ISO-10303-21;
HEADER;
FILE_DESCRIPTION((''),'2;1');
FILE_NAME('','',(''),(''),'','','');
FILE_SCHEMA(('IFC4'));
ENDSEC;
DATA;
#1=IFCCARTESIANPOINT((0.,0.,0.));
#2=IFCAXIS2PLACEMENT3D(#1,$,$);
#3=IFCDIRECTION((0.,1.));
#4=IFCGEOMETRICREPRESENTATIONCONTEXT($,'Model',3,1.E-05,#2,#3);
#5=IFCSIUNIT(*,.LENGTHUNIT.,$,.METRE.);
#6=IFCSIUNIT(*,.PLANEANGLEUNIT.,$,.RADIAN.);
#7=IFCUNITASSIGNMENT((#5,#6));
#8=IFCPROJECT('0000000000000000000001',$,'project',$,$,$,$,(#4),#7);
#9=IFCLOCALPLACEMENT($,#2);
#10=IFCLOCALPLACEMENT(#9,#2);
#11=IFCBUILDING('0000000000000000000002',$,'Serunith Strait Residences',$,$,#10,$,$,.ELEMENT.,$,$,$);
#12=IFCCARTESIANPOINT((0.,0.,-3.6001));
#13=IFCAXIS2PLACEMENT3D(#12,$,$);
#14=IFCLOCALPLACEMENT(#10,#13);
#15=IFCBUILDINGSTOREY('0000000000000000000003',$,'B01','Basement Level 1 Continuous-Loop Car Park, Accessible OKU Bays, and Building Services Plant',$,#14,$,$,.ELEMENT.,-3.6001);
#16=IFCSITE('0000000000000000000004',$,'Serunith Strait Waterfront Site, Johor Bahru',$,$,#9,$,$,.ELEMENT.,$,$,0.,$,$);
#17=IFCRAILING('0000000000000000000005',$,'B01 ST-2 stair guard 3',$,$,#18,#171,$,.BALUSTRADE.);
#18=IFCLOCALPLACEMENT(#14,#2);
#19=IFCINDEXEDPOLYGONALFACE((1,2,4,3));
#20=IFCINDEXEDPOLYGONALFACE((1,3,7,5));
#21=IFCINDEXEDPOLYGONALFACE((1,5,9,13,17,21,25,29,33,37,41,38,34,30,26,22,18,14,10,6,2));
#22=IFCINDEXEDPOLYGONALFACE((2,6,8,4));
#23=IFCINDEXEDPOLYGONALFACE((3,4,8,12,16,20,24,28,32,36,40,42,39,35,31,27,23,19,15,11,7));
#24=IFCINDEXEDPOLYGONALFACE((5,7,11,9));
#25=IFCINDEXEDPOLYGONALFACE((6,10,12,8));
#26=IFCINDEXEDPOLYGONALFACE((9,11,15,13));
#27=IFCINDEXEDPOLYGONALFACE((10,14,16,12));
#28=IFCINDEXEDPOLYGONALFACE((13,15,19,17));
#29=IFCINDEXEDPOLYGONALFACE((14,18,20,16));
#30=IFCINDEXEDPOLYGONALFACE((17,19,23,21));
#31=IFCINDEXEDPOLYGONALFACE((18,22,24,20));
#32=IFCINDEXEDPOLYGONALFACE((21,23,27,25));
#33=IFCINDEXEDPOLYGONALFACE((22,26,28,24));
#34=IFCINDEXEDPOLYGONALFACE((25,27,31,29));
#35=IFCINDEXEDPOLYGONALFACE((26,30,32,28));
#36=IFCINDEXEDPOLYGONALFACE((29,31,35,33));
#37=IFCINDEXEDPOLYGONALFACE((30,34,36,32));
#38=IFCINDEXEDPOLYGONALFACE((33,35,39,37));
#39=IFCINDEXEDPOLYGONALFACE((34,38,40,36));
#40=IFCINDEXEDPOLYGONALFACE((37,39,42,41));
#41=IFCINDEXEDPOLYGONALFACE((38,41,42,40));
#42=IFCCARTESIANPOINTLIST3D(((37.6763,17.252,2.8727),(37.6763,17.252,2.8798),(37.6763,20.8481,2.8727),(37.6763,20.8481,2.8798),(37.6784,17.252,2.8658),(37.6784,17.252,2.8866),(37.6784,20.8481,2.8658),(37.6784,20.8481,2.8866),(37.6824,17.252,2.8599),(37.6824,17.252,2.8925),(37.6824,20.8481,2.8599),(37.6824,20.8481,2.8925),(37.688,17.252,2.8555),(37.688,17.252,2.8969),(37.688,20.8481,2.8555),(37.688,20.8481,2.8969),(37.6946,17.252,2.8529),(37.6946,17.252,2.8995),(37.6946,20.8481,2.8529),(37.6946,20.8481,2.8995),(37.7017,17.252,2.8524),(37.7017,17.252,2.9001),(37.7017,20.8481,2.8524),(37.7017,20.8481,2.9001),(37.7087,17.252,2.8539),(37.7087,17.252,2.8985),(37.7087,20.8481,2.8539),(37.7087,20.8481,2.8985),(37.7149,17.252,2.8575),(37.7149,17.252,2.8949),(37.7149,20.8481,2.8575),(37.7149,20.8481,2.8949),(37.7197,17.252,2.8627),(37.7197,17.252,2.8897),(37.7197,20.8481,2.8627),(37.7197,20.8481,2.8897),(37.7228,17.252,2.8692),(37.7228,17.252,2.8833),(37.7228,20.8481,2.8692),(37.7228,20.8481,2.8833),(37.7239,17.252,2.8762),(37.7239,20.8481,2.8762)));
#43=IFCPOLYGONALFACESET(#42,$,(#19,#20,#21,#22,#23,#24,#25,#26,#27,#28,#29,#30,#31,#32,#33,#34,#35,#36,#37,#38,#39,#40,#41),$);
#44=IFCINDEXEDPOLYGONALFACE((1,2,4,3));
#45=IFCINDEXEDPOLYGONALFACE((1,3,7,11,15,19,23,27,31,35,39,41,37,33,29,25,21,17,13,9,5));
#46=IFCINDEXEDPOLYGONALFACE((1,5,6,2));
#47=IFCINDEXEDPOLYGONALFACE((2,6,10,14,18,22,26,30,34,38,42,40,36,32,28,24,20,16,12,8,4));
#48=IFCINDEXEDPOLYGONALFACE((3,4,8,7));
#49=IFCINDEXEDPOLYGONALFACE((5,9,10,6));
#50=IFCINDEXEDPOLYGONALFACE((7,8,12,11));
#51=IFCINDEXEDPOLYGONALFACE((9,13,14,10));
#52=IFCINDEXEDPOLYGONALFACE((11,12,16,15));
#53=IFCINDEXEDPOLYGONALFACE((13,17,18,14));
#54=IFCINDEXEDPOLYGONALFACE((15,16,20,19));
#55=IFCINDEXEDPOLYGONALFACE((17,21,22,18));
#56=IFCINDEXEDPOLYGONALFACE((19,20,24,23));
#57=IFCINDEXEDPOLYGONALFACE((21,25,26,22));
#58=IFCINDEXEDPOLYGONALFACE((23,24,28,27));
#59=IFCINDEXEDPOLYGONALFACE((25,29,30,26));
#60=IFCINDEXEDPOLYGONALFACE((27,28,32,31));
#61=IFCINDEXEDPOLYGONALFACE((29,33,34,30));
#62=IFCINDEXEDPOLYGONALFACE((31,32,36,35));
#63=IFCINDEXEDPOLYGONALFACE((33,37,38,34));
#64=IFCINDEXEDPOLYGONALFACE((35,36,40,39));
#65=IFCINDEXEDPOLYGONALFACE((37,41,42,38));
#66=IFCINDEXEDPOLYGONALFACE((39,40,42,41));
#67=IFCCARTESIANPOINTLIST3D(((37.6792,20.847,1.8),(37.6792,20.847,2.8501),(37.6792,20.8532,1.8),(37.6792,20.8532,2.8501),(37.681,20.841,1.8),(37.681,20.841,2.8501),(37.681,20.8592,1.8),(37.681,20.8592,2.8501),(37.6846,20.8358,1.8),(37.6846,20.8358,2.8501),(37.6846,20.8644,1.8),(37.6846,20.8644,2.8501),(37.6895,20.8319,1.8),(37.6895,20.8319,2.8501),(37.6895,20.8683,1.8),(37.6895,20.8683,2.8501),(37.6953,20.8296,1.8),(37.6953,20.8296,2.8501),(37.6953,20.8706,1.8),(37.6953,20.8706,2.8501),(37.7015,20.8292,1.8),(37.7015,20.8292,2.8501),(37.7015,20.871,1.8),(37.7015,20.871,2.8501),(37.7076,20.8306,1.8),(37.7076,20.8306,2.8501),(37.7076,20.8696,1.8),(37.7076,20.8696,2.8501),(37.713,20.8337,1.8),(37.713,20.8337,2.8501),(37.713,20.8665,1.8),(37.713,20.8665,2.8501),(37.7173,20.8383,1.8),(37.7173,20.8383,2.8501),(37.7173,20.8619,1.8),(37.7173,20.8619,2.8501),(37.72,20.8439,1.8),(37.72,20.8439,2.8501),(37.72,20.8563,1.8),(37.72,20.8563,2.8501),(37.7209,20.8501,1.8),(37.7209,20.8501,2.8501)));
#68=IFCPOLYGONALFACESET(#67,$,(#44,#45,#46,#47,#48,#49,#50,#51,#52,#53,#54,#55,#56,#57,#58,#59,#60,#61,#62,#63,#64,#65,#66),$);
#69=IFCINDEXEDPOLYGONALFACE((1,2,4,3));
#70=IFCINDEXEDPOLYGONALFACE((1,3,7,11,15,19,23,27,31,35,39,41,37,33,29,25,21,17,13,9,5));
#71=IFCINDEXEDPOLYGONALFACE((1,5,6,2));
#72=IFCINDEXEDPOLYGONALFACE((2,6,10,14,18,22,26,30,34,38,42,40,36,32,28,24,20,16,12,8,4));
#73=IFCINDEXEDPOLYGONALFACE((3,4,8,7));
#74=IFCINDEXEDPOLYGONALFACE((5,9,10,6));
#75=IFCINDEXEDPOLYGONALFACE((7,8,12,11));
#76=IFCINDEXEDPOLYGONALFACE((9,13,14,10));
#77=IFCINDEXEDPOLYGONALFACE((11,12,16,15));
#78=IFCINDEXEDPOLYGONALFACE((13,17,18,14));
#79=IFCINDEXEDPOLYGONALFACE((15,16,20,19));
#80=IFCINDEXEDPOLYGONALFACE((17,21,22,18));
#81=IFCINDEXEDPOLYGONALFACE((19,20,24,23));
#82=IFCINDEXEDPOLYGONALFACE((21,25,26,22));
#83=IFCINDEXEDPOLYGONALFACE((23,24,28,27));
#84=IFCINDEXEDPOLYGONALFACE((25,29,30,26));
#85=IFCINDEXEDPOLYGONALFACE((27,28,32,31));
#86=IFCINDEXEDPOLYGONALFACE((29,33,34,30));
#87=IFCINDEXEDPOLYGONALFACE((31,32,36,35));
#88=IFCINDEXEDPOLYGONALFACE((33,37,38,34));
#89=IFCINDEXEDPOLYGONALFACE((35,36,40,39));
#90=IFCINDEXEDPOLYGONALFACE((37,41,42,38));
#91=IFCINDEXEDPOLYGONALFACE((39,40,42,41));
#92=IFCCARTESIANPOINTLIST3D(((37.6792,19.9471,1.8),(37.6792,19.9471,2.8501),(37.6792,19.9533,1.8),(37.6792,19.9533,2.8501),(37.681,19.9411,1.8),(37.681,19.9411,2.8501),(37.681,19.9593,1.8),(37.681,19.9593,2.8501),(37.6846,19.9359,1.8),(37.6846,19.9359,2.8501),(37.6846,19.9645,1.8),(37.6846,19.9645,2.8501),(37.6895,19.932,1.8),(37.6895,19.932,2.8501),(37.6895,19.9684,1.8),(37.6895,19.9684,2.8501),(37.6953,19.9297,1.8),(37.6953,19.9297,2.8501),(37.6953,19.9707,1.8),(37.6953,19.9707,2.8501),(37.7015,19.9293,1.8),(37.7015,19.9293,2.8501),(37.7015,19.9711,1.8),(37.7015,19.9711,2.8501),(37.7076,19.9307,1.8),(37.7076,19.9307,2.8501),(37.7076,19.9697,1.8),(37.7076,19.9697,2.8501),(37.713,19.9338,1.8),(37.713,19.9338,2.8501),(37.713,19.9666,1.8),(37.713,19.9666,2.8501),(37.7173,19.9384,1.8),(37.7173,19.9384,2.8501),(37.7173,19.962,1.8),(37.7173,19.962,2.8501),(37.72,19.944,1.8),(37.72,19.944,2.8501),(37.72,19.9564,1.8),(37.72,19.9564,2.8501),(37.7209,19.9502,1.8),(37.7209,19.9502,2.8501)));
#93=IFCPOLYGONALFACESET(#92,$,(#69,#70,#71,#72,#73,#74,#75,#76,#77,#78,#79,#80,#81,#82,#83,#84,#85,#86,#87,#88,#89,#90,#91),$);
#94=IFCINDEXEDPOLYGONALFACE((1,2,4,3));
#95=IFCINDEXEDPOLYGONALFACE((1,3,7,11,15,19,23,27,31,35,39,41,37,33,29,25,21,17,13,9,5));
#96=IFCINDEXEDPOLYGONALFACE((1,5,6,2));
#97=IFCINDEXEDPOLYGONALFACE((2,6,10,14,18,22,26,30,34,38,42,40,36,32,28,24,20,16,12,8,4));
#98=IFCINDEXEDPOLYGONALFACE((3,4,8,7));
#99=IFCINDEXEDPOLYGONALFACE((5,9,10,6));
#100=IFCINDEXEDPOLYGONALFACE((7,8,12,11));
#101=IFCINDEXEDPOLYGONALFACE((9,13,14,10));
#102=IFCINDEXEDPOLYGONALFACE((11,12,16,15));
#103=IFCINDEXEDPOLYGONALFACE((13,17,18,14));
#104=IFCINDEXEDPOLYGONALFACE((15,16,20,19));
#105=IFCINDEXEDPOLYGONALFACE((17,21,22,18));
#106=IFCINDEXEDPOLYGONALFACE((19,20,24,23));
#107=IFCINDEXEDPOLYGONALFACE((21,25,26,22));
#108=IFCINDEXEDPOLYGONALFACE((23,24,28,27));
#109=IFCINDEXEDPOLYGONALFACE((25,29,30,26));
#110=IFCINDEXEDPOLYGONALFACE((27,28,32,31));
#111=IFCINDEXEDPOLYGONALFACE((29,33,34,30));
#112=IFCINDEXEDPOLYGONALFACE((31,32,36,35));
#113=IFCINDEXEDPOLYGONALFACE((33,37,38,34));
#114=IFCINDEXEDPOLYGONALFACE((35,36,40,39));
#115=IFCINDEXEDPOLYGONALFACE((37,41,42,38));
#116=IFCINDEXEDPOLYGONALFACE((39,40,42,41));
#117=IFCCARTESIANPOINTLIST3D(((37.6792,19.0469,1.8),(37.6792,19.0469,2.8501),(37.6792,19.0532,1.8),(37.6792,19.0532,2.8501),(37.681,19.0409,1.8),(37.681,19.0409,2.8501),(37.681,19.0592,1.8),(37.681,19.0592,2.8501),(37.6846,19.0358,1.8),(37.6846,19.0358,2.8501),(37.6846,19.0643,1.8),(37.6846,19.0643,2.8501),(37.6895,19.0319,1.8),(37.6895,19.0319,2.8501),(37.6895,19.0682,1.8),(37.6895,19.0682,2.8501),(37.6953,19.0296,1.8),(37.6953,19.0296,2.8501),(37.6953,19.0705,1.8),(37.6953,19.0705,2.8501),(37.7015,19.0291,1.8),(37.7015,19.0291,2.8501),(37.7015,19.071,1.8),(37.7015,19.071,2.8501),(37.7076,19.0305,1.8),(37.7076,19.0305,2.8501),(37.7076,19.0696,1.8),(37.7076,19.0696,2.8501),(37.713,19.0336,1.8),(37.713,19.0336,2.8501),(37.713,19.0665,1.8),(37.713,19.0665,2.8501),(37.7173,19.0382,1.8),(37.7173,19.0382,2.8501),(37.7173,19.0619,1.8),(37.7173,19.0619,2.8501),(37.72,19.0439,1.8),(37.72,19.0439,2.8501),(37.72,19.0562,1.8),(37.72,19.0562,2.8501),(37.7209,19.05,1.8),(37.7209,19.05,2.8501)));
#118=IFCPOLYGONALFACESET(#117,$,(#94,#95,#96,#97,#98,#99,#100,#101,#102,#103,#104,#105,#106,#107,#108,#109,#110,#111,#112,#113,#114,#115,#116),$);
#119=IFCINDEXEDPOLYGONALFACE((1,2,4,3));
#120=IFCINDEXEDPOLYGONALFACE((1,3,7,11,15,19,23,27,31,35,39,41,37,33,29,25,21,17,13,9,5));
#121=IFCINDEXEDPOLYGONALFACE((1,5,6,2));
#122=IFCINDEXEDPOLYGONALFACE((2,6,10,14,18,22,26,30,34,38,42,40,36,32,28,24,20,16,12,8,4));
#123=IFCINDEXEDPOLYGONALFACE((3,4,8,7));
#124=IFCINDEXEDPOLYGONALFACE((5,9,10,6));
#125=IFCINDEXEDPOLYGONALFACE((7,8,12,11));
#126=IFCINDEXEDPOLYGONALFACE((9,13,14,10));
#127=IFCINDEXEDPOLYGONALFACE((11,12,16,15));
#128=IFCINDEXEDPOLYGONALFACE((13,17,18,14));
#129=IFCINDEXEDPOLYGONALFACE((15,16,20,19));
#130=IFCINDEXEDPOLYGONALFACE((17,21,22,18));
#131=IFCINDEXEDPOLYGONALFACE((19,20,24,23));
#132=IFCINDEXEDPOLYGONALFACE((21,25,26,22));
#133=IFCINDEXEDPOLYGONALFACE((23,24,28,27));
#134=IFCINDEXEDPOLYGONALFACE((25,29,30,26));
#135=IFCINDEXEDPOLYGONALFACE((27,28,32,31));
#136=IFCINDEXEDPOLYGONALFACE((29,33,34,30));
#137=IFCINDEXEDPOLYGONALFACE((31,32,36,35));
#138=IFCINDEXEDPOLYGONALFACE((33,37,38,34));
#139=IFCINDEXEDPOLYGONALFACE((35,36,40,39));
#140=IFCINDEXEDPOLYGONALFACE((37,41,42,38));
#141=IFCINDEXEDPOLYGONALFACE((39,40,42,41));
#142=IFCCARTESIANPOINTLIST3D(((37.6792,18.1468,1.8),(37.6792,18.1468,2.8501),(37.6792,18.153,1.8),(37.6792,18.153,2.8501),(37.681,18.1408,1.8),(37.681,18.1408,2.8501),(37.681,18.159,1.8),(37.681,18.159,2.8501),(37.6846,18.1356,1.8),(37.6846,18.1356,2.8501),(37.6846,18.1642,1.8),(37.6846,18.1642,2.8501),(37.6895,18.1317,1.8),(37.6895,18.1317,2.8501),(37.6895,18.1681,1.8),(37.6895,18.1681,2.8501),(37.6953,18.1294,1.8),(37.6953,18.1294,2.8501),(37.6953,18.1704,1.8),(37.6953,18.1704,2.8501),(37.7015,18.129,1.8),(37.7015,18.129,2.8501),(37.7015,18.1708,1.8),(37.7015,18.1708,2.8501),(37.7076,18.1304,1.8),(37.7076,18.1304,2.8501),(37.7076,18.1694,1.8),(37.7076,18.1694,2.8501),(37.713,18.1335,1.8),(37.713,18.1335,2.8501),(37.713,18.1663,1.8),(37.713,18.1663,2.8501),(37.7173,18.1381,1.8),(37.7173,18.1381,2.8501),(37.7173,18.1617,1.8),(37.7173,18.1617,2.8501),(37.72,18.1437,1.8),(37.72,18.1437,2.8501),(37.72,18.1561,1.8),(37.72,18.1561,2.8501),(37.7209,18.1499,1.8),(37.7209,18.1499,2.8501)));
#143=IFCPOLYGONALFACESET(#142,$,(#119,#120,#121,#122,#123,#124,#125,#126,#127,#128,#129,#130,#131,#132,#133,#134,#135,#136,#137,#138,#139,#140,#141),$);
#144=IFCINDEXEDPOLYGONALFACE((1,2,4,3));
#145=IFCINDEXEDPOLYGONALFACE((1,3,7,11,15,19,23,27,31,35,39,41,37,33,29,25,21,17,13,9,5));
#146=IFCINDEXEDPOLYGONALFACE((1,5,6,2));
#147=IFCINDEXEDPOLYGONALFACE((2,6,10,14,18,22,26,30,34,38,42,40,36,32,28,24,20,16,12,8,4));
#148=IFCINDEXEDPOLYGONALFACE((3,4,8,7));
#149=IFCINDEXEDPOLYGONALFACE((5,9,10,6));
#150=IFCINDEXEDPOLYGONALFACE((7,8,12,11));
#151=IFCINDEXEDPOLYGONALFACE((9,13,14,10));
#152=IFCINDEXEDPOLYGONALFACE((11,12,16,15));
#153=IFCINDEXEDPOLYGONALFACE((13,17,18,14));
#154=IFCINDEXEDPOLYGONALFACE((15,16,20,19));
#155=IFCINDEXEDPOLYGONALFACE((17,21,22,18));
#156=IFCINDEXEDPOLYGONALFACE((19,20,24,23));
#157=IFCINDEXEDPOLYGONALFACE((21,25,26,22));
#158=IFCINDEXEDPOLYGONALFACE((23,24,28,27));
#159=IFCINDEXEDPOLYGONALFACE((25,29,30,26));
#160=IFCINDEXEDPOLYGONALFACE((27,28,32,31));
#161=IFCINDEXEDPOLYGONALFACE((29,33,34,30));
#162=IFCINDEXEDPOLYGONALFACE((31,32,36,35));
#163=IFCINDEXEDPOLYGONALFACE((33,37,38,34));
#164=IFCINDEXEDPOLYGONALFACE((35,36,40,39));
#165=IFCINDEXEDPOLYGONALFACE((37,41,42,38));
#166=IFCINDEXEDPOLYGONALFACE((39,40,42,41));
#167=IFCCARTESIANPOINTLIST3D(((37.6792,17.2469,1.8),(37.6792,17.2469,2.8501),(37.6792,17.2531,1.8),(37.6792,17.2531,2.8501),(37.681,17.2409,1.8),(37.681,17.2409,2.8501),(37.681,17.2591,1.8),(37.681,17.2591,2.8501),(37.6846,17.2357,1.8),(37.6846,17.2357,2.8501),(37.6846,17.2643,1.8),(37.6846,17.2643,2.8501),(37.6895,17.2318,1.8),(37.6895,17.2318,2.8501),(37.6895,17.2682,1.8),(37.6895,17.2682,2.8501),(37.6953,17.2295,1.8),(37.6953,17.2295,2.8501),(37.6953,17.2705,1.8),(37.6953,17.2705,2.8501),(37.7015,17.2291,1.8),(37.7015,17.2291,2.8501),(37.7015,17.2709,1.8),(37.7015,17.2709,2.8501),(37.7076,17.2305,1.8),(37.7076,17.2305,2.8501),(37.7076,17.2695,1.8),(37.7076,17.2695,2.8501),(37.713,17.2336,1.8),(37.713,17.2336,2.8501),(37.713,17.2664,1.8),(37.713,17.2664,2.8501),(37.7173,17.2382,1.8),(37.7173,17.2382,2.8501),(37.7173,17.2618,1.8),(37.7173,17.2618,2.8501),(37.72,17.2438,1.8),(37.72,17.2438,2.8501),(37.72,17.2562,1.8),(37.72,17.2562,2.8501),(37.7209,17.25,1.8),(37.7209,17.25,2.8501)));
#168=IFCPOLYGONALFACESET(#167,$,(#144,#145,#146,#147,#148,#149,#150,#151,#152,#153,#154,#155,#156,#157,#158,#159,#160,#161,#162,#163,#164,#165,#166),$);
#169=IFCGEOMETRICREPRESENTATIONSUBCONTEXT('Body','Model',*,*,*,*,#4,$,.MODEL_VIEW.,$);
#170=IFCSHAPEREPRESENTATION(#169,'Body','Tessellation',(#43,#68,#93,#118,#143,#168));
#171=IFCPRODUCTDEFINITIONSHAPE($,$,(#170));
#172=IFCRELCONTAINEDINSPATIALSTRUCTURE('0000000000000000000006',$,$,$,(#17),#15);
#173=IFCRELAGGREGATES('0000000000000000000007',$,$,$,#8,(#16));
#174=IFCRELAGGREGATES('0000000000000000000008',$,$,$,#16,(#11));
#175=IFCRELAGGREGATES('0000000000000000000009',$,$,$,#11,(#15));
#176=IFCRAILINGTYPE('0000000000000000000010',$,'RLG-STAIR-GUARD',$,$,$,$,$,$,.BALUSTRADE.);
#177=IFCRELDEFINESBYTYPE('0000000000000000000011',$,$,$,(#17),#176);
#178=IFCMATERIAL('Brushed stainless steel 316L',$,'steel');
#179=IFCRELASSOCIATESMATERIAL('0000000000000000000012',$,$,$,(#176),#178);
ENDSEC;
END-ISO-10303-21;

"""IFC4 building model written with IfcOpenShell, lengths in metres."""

from ifc_helpers import new_model, si_unit, direction, frame, origin, origin_2d, place, context, subcontext, project, spatial, circle, extrude, material, type_object, element, save


model = new_model("IFC4")

# Units and contexts
model_context = context("Model", 3, precision=1e-05, world=origin(), true_north=direction((0.0, 1.0)))
body_context = subcontext(model_context, "Body", "Model", "MODEL_VIEW")
ifc_project = project(units=[si_unit("LENGTHUNIT", "METRE"), si_unit("PLANEANGLEUNIT", "RADIAN")], contexts=[model_context])

# Site, building, storey
site_placement = place(None, origin())
site = spatial("IfcSite", under=ifc_project, at=site_placement, Name="Serunith Strait Waterfront Site, Johor Bahru", CompositionType="ELEMENT", RefElevation=0.0)
building_placement = place(site_placement, origin())
building = spatial("IfcBuilding", under=site, at=building_placement, Name="Serunith Strait Residences", CompositionType="ELEMENT")
storey_placement = place(building_placement, frame((0.0, 0.0, -3.6001)))
storey = spatial("IfcBuildingStorey", under=building, at=storey_placement, Name="B01", Description="Basement Level 1 Continuous-Loop Car Park, Accessible OKU Bays, and Building Services Plant", CompositionType="ELEMENT", Elevation=-3.6001)

# Railing
ifc_material_1 = material(Name="Brushed stainless steel 316L", Category="steel")
railing_type_1 = type_object("IfcRailingType", Name="RLG-STAIR-GUARD", PredefinedType="BALUSTRADE", material=ifc_material_1)
for number, where, name in (
    (1, (37.7, 20.8501, 1.8), "B01 ST-2 stair guard 3"),
):
    element("IfcRailing", number, at=place(storey_placement, frame(where)), inside=storey, type_object=railing_type_1, Name=name, PredefinedType="BALUSTRADE", context=body_context, shape_type="SweptSolid", body=[
        extrude(circle(Radius=0.0239, at=origin_2d()), frame((0.0, -0.002, 1.0762), z_axis=(0.0, -1.0, 0.0), x_axis=(1.0, 0.0, 0.0)), (0.0, 0.0, 1.0), 3.5962),
        extrude(circle(Radius=0.021, at=origin_2d()), origin(), (0.0, 0.0, 1.0), 1.05),
        extrude(circle(Radius=0.021, at=origin_2d()), frame((0.0, -0.8999, 0.0)), (0.0, 0.0, 1.0), 1.05),
        extrude(circle(Radius=0.021, at=origin_2d()), frame((0.0, -1.8, 0.0)), (0.0, 0.0, 1.0), 1.05),
        extrude(circle(Radius=0.021, at=origin_2d()), frame((0.0, -2.7002, 0.0)), (0.0, 0.0, 1.0), 1.05),
        extrude(circle(Radius=0.021, at=origin_2d()), frame((0.0, -3.6001, 0.0)), (0.0, 0.0, 1.0), 1.05),
    ])

save(model, "model.ifc")
